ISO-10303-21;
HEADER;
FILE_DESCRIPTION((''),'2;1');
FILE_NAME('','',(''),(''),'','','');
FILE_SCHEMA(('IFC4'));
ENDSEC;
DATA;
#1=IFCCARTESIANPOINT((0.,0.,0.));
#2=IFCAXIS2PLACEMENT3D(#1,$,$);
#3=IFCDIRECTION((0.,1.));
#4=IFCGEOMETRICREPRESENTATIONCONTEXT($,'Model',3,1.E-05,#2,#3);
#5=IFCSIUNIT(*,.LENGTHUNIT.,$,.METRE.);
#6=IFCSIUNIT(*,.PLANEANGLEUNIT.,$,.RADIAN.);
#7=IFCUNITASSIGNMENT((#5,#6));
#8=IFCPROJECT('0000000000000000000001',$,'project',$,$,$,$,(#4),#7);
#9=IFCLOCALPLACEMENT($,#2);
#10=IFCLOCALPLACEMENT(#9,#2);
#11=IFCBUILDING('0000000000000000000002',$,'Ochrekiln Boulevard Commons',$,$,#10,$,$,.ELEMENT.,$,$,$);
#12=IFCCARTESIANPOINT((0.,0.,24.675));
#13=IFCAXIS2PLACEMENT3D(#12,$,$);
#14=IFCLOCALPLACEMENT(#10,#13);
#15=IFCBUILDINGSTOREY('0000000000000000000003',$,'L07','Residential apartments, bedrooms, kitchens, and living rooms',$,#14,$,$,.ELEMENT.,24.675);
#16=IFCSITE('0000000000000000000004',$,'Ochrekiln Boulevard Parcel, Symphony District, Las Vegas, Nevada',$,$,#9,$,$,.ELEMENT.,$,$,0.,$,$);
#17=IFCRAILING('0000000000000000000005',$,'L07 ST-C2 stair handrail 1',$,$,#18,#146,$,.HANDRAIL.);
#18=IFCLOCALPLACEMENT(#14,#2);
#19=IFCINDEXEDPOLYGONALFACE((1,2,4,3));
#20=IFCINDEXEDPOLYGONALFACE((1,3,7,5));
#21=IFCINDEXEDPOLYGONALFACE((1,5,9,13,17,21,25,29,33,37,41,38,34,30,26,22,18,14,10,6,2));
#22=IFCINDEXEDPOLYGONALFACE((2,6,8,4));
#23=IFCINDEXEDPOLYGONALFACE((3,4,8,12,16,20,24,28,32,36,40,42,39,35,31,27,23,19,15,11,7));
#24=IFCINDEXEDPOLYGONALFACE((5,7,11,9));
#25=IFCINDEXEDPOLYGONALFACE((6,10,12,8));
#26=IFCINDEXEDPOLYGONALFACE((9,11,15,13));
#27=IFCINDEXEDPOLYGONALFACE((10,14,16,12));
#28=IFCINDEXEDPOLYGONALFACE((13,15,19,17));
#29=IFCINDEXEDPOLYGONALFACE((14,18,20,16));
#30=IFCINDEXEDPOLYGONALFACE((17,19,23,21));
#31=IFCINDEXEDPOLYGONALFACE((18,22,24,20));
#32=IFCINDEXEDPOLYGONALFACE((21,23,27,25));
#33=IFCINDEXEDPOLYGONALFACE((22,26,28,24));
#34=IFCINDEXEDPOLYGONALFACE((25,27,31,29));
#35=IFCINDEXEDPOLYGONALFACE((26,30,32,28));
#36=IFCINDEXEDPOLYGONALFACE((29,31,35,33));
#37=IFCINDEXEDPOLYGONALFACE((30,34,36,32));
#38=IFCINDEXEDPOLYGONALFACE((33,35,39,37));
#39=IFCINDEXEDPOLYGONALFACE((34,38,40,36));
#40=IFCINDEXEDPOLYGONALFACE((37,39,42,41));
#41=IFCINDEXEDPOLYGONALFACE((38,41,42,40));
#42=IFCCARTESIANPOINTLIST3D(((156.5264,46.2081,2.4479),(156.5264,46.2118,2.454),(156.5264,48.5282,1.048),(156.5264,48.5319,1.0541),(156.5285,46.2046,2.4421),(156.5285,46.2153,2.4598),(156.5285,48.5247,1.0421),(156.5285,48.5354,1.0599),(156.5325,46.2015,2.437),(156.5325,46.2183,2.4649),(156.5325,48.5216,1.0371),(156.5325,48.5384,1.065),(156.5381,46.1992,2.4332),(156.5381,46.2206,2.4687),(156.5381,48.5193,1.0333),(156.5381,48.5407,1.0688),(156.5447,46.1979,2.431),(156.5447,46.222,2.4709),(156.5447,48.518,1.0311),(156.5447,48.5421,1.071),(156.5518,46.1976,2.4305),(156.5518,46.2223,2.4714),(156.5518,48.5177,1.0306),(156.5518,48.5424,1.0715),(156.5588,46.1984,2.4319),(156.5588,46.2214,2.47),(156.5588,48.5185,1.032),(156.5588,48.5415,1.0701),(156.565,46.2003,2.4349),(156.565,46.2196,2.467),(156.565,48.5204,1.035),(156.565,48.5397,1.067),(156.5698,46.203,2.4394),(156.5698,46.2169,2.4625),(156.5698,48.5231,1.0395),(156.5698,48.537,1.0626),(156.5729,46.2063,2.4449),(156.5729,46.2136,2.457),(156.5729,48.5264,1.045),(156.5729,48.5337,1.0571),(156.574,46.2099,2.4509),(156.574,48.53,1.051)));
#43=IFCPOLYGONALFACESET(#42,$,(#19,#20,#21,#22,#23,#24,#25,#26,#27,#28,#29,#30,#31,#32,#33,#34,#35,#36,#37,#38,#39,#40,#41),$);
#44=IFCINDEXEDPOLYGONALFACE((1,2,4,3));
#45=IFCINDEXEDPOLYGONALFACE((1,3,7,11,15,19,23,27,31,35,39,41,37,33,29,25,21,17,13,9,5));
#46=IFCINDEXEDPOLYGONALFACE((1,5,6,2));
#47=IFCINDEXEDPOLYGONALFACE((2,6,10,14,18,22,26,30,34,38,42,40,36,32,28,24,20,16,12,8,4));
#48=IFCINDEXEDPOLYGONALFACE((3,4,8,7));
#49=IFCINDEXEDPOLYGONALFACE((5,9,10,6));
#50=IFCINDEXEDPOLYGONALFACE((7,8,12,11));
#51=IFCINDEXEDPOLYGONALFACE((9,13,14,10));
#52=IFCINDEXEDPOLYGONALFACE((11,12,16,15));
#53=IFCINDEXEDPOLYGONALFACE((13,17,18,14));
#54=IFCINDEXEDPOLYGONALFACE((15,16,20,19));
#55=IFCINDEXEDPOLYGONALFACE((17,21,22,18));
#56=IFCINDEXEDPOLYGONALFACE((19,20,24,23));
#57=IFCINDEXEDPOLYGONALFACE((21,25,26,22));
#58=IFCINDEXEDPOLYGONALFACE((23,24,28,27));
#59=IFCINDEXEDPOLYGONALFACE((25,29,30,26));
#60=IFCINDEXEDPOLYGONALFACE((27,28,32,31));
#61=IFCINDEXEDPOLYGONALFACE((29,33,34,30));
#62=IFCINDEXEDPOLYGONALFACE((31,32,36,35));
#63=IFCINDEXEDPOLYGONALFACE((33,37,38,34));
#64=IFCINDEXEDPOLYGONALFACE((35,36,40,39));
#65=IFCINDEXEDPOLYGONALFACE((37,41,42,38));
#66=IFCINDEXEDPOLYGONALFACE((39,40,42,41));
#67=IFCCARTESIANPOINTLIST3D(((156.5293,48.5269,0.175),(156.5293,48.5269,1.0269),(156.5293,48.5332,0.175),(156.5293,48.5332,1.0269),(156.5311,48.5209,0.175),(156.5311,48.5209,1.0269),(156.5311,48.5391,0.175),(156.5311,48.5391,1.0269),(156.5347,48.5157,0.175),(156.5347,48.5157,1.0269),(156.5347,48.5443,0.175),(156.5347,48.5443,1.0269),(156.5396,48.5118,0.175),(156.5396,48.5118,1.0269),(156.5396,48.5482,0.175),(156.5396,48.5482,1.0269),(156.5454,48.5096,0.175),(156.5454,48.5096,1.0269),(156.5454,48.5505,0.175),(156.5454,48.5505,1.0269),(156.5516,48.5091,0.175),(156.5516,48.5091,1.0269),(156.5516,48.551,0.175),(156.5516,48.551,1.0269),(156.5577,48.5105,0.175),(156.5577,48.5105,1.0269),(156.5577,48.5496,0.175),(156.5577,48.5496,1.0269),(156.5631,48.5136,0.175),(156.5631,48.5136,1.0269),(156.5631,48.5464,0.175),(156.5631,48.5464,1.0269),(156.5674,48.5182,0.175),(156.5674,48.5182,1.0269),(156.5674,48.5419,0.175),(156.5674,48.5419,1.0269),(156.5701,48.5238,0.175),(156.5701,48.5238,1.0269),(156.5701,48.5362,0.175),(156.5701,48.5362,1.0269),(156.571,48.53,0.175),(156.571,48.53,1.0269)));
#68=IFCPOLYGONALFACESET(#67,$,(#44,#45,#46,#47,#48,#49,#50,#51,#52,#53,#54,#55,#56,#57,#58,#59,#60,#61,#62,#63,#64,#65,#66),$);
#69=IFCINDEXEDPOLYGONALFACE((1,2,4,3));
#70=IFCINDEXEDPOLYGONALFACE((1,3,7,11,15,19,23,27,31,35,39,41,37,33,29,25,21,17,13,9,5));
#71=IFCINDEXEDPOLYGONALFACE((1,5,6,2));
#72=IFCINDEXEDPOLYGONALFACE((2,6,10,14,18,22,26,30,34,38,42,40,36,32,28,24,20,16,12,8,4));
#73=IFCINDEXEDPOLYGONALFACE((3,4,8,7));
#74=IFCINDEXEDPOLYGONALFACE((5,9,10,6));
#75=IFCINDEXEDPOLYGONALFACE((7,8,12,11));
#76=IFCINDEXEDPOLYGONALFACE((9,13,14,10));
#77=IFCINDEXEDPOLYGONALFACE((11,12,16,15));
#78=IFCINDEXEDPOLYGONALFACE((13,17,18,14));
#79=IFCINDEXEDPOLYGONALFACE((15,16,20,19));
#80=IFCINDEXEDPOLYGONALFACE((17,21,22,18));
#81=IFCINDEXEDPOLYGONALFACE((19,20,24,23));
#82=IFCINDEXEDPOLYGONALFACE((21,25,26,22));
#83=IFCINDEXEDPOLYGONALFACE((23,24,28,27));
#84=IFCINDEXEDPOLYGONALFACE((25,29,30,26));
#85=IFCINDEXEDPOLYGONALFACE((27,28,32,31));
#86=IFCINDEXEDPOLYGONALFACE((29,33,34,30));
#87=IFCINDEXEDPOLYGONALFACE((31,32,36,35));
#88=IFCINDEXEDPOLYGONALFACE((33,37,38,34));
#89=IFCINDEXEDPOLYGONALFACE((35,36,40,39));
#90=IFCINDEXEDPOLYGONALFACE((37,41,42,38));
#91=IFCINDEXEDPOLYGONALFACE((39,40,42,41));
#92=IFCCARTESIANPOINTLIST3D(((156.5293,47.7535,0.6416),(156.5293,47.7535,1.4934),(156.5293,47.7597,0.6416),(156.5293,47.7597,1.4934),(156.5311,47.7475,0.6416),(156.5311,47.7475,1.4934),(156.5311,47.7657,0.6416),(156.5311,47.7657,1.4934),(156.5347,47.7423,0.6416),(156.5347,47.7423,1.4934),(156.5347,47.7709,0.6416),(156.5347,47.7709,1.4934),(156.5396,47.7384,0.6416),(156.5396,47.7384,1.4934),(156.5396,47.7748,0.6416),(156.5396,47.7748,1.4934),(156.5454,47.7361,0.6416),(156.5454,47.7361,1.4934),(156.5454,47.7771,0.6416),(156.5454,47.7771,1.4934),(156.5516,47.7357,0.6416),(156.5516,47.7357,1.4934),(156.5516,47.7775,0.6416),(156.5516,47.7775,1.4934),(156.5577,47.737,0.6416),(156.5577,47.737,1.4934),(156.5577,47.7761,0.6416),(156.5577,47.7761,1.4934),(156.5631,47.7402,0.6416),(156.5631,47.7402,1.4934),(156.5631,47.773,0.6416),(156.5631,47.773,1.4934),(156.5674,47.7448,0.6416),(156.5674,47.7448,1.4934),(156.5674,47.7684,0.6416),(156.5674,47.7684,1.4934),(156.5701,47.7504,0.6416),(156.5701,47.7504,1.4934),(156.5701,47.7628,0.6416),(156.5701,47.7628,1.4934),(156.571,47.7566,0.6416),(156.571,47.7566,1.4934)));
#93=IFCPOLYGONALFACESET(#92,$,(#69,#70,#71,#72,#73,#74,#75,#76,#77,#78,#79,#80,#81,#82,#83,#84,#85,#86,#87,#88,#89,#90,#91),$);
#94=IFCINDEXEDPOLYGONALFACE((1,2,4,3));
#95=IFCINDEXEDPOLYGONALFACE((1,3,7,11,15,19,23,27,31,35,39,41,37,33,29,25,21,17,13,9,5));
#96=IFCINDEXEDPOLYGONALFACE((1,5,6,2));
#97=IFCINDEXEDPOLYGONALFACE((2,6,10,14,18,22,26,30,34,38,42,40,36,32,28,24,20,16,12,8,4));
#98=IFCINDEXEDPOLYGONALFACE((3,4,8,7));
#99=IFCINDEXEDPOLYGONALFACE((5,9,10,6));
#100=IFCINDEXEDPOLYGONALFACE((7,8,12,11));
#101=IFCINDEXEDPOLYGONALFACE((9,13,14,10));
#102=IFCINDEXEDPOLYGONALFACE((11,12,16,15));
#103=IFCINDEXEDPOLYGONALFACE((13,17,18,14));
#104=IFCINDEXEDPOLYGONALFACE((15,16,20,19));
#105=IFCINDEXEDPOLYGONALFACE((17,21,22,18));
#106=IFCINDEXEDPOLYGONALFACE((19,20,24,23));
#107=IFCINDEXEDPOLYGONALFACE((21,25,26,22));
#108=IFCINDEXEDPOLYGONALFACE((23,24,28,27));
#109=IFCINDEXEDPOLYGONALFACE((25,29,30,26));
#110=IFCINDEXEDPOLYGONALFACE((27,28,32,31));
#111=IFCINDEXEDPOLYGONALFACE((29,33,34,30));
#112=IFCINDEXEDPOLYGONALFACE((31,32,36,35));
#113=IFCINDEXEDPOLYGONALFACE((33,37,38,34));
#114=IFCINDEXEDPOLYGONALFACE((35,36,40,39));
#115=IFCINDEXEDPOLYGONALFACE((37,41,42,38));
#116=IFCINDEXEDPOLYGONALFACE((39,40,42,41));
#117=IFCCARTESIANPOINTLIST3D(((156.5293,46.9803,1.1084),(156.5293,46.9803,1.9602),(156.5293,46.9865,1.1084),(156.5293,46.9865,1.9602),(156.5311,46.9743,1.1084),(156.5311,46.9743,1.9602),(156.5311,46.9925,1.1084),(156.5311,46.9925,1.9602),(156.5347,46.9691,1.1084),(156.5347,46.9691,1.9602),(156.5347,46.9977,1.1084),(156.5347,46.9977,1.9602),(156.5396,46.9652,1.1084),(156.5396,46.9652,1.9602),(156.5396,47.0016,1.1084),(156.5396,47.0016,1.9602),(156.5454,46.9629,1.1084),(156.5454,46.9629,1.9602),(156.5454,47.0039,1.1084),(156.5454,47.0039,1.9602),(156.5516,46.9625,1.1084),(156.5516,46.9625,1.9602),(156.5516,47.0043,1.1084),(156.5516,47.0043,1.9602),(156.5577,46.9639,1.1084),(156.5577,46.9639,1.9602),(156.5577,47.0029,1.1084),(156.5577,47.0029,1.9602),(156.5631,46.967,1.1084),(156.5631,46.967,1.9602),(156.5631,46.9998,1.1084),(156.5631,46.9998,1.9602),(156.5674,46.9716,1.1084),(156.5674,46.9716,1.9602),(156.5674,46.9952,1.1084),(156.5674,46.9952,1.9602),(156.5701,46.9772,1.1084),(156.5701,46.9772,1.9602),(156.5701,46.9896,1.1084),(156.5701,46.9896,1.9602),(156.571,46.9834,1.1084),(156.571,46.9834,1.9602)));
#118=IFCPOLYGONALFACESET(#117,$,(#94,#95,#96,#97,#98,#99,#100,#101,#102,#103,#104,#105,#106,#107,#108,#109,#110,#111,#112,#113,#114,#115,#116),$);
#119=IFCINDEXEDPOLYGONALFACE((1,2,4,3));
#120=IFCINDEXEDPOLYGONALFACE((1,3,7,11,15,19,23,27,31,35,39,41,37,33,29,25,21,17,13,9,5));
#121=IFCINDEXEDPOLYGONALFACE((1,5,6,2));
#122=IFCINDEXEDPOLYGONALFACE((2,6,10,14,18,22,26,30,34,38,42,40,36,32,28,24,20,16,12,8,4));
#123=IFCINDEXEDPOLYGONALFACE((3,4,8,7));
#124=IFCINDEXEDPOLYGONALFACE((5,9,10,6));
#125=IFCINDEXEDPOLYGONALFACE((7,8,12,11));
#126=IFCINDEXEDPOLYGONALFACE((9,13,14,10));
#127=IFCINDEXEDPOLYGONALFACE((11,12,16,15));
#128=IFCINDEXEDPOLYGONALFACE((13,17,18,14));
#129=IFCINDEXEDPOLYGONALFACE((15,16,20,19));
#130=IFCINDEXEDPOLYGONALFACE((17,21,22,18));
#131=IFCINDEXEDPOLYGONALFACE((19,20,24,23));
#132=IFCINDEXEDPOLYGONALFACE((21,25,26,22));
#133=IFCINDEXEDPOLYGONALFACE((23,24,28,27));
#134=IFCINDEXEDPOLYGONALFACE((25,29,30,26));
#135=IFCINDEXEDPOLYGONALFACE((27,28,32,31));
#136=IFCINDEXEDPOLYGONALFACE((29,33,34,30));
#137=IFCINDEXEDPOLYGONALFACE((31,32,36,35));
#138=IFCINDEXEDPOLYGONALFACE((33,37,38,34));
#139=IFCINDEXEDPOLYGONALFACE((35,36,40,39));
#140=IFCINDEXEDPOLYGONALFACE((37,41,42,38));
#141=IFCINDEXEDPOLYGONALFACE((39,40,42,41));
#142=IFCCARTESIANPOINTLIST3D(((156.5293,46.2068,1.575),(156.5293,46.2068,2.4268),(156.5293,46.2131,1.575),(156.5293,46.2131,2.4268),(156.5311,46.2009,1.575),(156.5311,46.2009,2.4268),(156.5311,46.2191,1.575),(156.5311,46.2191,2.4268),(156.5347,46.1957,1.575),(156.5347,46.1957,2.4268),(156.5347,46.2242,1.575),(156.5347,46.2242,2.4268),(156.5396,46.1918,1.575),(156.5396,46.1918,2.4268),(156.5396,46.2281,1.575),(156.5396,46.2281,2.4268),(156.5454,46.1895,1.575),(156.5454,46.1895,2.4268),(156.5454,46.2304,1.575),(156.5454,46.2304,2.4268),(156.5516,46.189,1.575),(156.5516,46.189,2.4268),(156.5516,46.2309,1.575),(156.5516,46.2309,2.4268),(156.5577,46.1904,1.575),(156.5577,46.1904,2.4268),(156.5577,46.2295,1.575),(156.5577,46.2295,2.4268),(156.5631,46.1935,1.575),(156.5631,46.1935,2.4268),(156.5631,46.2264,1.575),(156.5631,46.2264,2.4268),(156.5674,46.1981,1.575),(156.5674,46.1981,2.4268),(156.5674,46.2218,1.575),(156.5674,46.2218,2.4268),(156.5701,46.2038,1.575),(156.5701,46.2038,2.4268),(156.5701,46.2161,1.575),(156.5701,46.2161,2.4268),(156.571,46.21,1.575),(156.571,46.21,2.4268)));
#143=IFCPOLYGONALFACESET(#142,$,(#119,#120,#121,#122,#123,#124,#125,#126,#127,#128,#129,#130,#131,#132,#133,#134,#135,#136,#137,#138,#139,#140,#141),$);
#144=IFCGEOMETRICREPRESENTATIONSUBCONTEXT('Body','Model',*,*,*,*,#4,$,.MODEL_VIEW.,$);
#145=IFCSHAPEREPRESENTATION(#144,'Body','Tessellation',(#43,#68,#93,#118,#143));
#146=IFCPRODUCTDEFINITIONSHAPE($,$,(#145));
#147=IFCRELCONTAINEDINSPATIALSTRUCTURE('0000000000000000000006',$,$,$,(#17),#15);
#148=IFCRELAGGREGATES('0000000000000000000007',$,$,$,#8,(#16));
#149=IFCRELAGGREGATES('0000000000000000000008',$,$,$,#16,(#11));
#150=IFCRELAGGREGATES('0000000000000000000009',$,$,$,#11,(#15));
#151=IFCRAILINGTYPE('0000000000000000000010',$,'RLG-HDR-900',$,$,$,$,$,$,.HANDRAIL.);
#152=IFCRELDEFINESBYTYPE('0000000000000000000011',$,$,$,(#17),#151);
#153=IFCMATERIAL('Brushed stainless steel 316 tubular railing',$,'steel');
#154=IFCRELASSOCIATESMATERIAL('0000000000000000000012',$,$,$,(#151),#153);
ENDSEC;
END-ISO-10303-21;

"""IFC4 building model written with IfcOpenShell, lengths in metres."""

from ifc_helpers import new_model, si_unit, direction, frame, origin, origin_2d, place, context, subcontext, project, spatial, circle, extrude, material, type_object, element, save


model = new_model("IFC4")

# Units and contexts
model_context = context("Model", 3, precision=1e-05, world=origin(), true_north=direction((0.0, 1.0)))
body_context = subcontext(model_context, "Body", "Model", "MODEL_VIEW")
ifc_project = project(units=[si_unit("LENGTHUNIT", "METRE"), si_unit("PLANEANGLEUNIT", "RADIAN")], contexts=[model_context])

# Site, building, storey
site_placement = place(None, origin())
site = spatial("IfcSite", under=ifc_project, at=site_placement, Name="Ochrekiln Boulevard Parcel, Symphony District, Las Vegas, Nevada", CompositionType="ELEMENT", RefElevation=0.0)
building_placement = place(site_placement, origin())
building = spatial("IfcBuilding", under=site, at=building_placement, Name="Ochrekiln Boulevard Commons", CompositionType="ELEMENT")
storey_placement = place(building_placement, frame((0.0, 0.0, 24.675)))
storey = spatial("IfcBuildingStorey", under=building, at=storey_placement, Name="L07", Description="Residential apartments, bedrooms, kitchens, and living rooms", CompositionType="ELEMENT", Elevation=24.675)

# Railing
ifc_material_1 = material(Name="Brushed stainless steel 316 tubular railing", Category="steel")
railing_type_1 = type_object("IfcRailingType", Name="RLG-HDR-900", PredefinedType="HANDRAIL", material=ifc_material_1)
railing_1_placement = place(storey_placement, frame((156.55, 48.53, 0.175)))
element("IfcRailing", 1, at=railing_1_placement, inside=storey, type_object=railing_type_1, Name="L07 ST-C2 stair handrail 1", PredefinedType="HANDRAIL", context=body_context, shape_type="SweptSolid", body=[
    extrude(circle(Radius=0.0239, at=origin_2d()), frame((0.0, 0.0, 0.876), z_axis=(0.0, -0.85621, 0.516627), x_axis=(1.0, 0.0, 0.0)), (0.0, 0.0, 1.0), 2.7097),
    extrude(circle(Radius=0.021, at=origin_2d()), origin(), (0.0, 0.0, 1.0), 0.8518),
    extrude(circle(Radius=0.021, at=origin_2d()), frame((0.0, -0.7734, 0.4666)), (0.0, 0.0, 1.0), 0.8518),
    extrude(circle(Radius=0.021, at=origin_2d()), frame((0.0, -1.5466, 0.9333)), (0.0, 0.0, 1.0), 0.8518),
    extrude(circle(Radius=0.021, at=origin_2d()), frame((0.0, -2.3201, 1.3999)), (0.0, 0.0, 1.0), 0.8518),
])

save(model, "model.ifc")
